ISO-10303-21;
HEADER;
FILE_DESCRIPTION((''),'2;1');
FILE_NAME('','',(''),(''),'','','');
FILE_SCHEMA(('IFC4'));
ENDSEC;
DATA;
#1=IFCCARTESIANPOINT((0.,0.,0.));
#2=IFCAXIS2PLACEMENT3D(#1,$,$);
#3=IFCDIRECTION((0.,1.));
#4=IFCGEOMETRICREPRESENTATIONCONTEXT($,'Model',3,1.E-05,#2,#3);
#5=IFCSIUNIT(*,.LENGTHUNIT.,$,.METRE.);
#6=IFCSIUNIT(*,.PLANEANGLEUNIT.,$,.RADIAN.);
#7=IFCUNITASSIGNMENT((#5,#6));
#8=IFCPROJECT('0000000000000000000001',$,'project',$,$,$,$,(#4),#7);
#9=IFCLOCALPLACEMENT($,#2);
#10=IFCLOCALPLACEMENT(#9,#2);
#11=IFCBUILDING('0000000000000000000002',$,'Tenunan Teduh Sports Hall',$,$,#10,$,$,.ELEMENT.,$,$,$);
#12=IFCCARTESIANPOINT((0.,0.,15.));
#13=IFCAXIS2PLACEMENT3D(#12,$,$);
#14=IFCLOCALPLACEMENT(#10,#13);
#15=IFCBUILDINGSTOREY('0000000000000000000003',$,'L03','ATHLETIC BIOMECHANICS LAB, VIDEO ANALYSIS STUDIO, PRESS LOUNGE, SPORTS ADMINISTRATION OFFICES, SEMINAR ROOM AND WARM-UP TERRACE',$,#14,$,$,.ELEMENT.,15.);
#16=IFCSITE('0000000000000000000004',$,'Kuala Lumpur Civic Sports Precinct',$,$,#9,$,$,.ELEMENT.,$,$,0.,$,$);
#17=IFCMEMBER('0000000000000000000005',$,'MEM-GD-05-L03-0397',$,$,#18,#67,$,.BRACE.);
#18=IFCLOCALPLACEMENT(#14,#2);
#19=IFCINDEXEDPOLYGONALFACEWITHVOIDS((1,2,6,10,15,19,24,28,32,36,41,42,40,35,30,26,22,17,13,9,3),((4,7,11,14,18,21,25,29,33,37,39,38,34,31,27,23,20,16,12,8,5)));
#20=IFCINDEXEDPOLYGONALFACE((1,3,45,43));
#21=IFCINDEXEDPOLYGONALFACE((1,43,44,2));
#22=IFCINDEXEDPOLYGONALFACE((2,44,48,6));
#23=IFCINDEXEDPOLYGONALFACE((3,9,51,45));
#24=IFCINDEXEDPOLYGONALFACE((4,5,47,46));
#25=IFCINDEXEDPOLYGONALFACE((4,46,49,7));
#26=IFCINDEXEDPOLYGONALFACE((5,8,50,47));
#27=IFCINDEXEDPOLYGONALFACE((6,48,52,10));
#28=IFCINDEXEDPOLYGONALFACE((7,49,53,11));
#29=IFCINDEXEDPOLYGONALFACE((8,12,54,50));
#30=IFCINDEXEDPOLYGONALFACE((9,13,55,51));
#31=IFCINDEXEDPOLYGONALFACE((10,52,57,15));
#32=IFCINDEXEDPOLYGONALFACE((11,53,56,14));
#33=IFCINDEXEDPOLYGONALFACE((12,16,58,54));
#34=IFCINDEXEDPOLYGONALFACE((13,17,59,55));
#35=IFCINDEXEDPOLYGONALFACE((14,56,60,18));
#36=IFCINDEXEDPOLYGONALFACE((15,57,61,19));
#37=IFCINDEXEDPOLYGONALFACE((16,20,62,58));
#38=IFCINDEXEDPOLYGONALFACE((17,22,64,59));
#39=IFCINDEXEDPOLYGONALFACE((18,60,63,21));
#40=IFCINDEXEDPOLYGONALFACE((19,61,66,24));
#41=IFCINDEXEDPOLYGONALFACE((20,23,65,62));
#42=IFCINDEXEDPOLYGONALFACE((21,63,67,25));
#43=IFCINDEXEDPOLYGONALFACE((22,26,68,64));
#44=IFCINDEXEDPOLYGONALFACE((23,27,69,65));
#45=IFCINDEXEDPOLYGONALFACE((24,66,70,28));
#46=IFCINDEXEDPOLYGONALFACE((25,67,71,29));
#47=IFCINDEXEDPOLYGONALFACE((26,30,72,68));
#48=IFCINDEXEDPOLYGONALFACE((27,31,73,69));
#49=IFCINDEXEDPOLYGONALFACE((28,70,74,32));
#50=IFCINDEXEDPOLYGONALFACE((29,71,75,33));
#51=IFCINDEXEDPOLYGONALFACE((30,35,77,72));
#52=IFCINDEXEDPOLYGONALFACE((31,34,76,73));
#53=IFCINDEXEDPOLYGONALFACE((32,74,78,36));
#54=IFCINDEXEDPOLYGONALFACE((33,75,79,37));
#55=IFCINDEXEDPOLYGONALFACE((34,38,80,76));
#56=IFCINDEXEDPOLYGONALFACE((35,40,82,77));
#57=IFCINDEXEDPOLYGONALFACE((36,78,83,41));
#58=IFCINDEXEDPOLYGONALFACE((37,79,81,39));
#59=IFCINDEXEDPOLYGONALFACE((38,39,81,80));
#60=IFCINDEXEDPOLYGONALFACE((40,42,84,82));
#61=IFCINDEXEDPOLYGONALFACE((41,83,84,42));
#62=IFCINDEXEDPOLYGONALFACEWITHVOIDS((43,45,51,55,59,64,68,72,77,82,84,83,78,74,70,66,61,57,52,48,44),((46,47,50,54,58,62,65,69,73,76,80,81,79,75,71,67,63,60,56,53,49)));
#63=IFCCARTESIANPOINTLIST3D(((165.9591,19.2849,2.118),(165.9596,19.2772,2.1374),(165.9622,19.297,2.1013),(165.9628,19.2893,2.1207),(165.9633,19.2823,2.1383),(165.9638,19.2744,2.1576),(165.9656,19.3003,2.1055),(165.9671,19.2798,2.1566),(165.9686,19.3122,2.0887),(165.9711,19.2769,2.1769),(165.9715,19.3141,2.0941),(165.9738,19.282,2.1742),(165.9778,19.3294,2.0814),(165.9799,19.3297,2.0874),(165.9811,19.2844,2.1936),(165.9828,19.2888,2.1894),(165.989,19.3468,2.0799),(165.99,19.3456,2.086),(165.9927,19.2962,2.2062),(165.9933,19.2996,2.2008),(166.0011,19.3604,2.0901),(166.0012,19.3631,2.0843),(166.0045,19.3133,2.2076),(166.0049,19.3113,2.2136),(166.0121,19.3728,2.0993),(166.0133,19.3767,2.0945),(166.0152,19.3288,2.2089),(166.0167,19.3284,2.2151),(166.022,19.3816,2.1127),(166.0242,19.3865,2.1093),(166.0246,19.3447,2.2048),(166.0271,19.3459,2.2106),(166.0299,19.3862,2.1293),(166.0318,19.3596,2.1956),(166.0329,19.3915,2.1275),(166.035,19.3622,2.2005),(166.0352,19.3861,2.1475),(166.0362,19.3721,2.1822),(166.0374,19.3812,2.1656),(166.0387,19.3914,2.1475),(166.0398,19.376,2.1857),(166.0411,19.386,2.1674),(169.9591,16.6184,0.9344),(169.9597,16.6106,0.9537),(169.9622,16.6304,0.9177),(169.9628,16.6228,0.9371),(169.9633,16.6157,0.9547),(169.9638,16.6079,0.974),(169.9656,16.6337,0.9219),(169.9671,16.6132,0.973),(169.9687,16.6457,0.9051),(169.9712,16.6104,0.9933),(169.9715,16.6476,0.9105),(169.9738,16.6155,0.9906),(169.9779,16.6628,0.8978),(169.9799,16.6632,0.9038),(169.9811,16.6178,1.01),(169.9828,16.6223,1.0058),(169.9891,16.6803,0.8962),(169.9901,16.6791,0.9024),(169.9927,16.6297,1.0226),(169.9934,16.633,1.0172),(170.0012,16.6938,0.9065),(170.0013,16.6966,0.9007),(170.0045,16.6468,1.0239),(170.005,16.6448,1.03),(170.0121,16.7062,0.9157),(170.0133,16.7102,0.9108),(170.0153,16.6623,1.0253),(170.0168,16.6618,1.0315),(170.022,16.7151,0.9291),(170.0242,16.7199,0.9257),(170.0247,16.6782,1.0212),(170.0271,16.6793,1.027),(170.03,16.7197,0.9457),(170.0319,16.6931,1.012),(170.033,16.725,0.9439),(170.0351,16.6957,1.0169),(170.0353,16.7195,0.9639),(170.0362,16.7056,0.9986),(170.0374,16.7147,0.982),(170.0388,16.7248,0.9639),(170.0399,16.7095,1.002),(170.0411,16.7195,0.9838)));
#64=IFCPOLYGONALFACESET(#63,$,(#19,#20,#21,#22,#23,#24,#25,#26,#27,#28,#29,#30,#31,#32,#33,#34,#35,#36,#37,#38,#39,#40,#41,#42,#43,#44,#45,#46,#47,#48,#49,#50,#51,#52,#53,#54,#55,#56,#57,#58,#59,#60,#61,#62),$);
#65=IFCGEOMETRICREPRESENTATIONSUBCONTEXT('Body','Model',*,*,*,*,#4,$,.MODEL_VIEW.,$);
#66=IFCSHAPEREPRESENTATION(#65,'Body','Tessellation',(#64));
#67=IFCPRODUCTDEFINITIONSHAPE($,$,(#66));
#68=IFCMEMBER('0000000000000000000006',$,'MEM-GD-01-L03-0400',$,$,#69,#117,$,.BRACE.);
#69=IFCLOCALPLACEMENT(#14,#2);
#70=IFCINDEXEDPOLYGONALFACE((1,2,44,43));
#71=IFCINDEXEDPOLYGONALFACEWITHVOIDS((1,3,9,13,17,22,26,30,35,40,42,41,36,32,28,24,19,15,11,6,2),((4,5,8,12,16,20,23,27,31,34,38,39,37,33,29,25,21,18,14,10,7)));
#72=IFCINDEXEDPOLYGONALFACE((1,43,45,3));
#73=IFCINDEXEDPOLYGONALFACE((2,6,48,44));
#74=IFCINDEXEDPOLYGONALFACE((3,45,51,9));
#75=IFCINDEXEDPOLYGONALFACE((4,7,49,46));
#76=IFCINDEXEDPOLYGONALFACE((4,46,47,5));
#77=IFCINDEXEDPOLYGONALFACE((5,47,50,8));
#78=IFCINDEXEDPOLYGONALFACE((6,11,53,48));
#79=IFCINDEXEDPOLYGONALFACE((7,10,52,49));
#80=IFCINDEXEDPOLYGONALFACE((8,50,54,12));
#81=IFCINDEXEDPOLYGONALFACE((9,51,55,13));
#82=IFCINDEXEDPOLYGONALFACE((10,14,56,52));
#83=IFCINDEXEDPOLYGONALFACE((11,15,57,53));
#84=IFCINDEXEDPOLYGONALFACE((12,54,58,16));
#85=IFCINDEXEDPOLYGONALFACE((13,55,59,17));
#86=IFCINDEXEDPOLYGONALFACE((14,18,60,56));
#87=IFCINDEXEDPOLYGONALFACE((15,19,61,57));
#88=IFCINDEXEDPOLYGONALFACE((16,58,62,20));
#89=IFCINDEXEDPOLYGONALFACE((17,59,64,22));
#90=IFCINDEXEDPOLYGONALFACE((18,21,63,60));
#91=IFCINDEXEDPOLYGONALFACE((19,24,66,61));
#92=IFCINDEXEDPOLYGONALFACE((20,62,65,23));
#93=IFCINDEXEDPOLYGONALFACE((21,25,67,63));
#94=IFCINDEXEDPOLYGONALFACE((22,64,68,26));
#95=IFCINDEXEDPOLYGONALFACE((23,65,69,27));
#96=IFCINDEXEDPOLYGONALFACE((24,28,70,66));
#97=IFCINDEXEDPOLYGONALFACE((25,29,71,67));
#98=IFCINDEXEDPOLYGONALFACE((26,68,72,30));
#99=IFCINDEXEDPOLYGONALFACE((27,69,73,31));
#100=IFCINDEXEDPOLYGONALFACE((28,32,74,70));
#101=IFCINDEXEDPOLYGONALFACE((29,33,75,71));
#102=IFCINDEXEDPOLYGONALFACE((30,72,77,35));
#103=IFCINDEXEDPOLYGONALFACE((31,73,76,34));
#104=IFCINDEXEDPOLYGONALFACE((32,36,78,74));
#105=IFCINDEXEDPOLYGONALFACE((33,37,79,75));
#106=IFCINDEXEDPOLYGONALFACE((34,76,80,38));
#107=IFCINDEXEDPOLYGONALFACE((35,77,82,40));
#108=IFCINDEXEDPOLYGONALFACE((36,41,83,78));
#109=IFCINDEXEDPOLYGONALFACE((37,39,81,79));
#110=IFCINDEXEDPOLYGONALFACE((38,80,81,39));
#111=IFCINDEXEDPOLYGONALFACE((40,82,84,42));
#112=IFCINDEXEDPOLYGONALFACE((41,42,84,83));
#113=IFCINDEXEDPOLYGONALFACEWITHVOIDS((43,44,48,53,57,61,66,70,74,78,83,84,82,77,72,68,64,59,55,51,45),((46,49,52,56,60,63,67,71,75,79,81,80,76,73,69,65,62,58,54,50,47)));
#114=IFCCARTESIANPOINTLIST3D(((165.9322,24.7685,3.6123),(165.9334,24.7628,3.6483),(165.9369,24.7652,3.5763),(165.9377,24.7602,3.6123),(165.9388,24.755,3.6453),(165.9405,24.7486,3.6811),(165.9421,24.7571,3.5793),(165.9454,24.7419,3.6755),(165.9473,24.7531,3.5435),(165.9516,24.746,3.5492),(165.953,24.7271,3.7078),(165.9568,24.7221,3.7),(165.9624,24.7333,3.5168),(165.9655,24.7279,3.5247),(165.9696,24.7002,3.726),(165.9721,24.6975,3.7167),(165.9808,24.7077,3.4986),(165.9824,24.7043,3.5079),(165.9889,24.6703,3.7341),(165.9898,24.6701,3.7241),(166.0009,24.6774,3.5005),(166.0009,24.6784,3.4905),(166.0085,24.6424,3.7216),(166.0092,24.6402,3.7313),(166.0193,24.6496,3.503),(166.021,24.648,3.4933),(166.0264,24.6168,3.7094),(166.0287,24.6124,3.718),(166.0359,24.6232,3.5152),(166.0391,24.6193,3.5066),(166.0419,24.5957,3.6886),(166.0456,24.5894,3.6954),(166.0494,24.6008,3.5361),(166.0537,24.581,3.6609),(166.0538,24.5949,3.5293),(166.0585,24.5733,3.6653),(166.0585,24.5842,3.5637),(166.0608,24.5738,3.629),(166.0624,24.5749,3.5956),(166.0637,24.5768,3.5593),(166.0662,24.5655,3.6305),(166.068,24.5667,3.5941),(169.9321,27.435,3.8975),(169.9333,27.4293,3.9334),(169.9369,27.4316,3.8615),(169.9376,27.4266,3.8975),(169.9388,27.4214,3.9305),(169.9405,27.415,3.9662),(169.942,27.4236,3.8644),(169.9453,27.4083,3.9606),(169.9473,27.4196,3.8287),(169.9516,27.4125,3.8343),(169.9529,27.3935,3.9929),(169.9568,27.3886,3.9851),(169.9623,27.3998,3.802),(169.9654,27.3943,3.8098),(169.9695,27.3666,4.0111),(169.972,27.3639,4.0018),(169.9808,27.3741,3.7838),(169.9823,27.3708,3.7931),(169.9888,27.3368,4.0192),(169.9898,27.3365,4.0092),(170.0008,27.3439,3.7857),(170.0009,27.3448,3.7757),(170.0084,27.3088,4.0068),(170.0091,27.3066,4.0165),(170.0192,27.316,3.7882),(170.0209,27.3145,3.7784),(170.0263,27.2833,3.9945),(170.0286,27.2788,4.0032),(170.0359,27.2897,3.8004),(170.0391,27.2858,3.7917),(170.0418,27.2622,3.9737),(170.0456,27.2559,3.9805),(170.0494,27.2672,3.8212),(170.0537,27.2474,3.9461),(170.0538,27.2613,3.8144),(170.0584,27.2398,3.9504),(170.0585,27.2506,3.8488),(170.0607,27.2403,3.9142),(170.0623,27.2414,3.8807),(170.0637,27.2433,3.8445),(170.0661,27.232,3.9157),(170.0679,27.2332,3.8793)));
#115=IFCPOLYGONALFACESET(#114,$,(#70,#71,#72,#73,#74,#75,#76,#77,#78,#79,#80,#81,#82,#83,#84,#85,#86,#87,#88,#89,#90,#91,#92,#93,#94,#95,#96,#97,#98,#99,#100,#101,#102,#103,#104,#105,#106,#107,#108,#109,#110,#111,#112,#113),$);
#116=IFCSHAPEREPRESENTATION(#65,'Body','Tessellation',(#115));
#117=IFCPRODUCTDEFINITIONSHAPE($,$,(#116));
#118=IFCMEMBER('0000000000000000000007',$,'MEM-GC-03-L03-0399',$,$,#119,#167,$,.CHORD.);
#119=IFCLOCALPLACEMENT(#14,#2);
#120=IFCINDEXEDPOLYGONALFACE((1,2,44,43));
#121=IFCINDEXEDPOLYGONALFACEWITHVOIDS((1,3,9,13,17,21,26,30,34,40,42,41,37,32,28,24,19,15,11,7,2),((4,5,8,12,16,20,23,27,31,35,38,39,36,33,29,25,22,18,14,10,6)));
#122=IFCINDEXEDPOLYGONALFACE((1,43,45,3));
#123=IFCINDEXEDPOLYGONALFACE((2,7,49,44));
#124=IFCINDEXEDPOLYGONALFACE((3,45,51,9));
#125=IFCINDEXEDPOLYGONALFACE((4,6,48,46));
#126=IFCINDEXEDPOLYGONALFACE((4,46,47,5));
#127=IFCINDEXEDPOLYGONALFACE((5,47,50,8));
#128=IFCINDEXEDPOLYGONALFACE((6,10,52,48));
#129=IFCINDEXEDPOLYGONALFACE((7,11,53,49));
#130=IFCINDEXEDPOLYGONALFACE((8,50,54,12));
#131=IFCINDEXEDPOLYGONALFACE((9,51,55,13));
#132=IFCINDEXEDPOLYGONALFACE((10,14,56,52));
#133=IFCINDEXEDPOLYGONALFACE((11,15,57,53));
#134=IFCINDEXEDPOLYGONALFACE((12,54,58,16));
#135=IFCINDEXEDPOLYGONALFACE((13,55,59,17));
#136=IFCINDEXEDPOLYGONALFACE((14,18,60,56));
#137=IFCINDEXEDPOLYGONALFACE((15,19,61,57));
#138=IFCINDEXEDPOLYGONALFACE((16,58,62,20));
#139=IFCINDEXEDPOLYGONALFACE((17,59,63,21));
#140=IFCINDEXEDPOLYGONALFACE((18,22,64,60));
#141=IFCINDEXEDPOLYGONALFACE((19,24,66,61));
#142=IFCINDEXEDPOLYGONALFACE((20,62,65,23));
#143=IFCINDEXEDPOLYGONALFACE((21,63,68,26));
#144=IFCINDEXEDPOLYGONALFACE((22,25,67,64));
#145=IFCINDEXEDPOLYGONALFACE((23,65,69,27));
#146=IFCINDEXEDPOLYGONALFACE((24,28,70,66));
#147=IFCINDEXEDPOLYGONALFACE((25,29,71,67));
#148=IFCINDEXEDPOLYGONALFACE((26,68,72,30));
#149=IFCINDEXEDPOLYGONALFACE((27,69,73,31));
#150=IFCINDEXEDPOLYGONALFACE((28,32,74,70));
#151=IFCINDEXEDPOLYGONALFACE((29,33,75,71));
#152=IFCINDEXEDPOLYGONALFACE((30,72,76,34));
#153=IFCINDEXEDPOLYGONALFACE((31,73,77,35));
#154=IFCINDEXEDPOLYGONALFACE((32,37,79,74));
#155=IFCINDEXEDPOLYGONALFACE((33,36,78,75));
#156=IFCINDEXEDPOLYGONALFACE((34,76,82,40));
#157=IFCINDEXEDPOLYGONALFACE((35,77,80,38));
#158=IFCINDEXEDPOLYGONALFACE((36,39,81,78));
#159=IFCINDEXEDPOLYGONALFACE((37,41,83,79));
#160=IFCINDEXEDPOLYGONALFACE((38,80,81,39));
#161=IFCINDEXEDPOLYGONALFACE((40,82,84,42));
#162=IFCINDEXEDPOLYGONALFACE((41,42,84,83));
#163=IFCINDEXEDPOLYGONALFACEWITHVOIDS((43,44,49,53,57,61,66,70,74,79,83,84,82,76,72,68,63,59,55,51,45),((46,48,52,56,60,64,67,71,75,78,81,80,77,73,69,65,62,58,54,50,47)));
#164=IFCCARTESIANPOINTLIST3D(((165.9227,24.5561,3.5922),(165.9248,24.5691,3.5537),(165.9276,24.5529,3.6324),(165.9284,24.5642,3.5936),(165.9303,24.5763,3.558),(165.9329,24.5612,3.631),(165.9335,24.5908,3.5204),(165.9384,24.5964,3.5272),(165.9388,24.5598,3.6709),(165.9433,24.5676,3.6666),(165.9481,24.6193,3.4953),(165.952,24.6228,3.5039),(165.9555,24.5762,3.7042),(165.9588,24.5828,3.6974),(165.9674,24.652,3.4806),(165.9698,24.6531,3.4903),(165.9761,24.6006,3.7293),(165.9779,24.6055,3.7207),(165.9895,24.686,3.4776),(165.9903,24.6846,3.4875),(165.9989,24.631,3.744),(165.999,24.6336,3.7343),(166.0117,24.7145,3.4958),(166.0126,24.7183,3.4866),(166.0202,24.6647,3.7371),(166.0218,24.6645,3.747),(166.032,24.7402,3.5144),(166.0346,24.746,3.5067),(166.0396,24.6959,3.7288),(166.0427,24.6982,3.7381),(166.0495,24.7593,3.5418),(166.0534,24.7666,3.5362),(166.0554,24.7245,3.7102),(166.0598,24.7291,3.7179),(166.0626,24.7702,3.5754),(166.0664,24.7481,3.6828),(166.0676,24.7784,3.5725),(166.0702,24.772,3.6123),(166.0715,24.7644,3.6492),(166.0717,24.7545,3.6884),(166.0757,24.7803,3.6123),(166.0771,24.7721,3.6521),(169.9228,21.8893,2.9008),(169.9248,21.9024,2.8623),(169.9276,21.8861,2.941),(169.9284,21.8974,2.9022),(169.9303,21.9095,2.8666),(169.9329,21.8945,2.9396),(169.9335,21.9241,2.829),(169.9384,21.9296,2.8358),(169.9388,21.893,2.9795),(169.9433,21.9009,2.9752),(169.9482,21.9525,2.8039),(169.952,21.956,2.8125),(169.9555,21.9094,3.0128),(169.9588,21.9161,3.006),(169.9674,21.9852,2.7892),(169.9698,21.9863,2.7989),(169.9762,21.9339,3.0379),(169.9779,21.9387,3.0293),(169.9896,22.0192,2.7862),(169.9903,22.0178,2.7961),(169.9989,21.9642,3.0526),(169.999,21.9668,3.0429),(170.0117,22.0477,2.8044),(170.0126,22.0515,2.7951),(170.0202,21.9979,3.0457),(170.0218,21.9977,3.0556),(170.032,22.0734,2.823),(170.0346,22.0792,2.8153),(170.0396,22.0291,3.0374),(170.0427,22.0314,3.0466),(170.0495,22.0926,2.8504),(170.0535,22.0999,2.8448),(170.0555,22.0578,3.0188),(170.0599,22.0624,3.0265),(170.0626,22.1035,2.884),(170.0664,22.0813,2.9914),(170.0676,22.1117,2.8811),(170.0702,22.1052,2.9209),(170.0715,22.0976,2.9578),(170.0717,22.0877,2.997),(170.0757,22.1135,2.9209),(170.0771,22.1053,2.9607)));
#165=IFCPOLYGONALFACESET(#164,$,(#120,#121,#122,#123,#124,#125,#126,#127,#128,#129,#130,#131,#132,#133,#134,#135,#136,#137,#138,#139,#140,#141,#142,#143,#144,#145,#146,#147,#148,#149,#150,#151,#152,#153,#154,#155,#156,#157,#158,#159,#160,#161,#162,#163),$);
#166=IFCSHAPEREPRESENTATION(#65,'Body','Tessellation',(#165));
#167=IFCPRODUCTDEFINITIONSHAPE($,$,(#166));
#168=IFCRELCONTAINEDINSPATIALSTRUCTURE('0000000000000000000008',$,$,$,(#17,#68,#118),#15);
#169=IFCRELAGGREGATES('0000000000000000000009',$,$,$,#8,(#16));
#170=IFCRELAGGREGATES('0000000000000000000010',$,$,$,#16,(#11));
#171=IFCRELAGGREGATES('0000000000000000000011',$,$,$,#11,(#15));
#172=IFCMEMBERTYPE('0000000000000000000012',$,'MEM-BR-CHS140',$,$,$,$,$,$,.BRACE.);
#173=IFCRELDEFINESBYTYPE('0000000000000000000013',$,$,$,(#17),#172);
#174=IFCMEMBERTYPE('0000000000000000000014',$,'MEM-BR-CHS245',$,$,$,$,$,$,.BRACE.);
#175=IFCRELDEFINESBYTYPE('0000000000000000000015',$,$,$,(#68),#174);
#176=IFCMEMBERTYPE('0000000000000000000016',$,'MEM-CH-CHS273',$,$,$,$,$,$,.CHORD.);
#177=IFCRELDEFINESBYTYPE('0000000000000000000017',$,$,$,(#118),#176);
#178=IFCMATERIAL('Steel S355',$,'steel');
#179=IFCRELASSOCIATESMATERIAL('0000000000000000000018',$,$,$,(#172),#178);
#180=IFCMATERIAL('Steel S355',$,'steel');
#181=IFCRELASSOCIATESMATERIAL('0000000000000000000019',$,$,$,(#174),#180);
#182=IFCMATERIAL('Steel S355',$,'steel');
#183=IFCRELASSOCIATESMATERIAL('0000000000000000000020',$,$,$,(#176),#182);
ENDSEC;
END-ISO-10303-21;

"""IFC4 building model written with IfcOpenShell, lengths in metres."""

from ifc_helpers import new_model, si_unit, direction, frame, origin, origin_2d, place, context, subcontext, project, spatial, hollow_circle, extrude, material, material_profile, profile_set, type_object, element, save


model = new_model("IFC4")

# Units and contexts
model_context = context("Model", 3, precision=1e-05, world=origin(), true_north=direction((0.0, 1.0)))
body_context = subcontext(model_context, "Body", "Model", "MODEL_VIEW")
ifc_project = project(units=[si_unit("LENGTHUNIT", "METRE"), si_unit("PLANEANGLEUNIT", "RADIAN")], contexts=[model_context])

# Site, building, storey
site_placement = place(None, origin())
site = spatial("IfcSite", under=ifc_project, at=site_placement, Name="Kuala Lumpur Civic Sports Precinct", CompositionType="ELEMENT", RefElevation=0.0)
building_placement = place(site_placement, origin())
building = spatial("IfcBuilding", under=site, at=building_placement, Name="Tenunan Teduh Sports Hall", CompositionType="ELEMENT")
storey_placement = place(building_placement, frame((0.0, 0.0, 15.0)))
storey = spatial("IfcBuildingStorey", under=building, at=storey_placement, Name="L03", Description="ATHLETIC BIOMECHANICS LAB, VIDEO ANALYSIS STUDIO, PRESS LOUNGE, SPORTS ADMINISTRATION OFFICES, SEMINAR ROOM AND WARM-UP TERRACE", CompositionType="ELEMENT", Elevation=15.0)

# Members
ifc_material_1 = material(Name="Steel S355", Category="steel")
ifc_material_profile_1 = material_profile(ifc_material_1, hollow_circle(Radius=0.0698, WallThickness=0.0063, at=origin_2d()), Name="CHS 139.7x6.3")
ifc_profile_set_1 = profile_set([ifc_material_profile_1], Name="Steel S355")
member_type_1 = type_object("IfcMemberType", Name="MEM-BR-CHS140", PredefinedType="BRACE", material=ifc_profile_set_1)
member_1_placement = place(storey_placement, frame((166.0, 19.3333, 2.1475), z_axis=(0.807938, -0.538593, -0.239068), x_axis=(0.554677, 0.832066, 0.0)))
element("IfcMember", 1, at=member_1_placement, inside=storey, type_object=member_type_1, Name="MEM-GD-05-L03-0397", PredefinedType="BRACE", context=body_context, shape_type="SweptSolid", body=[
    extrude(hollow_circle(Radius=0.0698, WallThickness=0.0063, at=origin_2d()), origin(), (0.0, 0.0, 1.0), 4.9509),
])
ifc_material_2 = material(Name="Steel S355", Category="steel")
ifc_material_profile_2 = material_profile(ifc_material_2, hollow_circle(Radius=0.1223, WallThickness=0.01, at=origin_2d()), Name="CHS 244.5x10.0")
ifc_profile_set_2 = profile_set([ifc_material_profile_2], Name="Steel S355")
member_type_2 = type_object("IfcMemberType", Name="MEM-BR-CHS245", PredefinedType="BRACE", material=ifc_profile_set_2)
member_2_placement = place(storey_placement, frame((166.0, 24.6667, 3.6123), z_axis=(0.830606, 0.553704, 0.059213), x_axis=(-0.554677, 0.832066, 0.0)))
element("IfcMember", 2, at=member_2_placement, inside=storey, type_object=member_type_2, Name="MEM-GD-01-L03-0400", PredefinedType="BRACE", context=body_context, shape_type="SweptSolid", body=[
    extrude(hollow_circle(Radius=0.1223, WallThickness=0.01, at=origin_2d()), origin(), (0.0, 0.0, 1.0), 4.8157),
])
ifc_material_3 = material(Name="Steel S355", Category="steel")
ifc_material_profile_3 = material_profile(ifc_material_3, hollow_circle(Radius=0.1365, WallThickness=0.01, at=origin_2d()), Name="CHS 273.0x10.0")
ifc_profile_set_3 = profile_set([ifc_material_profile_3], Name="Steel S355")
member_type_3 = type_object("IfcMemberType", Name="MEM-CH-CHS273", PredefinedType="CHORD", material=ifc_profile_set_3)
member_3_placement = place(storey_placement, frame((166.0, 24.6667, 3.6123), z_axis=(0.823569, -0.549063, -0.142355), x_axis=(0.554712, 0.832042, 0.0)))
element("IfcMember", 3, at=member_3_placement, inside=storey, type_object=member_type_3, Name="MEM-GC-03-L03-0399", PredefinedType="CHORD", context=body_context, shape_type="SweptSolid", body=[
    extrude(hollow_circle(Radius=0.1365, WallThickness=0.01, at=origin_2d()), origin(), (0.0, 0.0, 1.0), 4.8569),
])

save(model, "model.ifc")
